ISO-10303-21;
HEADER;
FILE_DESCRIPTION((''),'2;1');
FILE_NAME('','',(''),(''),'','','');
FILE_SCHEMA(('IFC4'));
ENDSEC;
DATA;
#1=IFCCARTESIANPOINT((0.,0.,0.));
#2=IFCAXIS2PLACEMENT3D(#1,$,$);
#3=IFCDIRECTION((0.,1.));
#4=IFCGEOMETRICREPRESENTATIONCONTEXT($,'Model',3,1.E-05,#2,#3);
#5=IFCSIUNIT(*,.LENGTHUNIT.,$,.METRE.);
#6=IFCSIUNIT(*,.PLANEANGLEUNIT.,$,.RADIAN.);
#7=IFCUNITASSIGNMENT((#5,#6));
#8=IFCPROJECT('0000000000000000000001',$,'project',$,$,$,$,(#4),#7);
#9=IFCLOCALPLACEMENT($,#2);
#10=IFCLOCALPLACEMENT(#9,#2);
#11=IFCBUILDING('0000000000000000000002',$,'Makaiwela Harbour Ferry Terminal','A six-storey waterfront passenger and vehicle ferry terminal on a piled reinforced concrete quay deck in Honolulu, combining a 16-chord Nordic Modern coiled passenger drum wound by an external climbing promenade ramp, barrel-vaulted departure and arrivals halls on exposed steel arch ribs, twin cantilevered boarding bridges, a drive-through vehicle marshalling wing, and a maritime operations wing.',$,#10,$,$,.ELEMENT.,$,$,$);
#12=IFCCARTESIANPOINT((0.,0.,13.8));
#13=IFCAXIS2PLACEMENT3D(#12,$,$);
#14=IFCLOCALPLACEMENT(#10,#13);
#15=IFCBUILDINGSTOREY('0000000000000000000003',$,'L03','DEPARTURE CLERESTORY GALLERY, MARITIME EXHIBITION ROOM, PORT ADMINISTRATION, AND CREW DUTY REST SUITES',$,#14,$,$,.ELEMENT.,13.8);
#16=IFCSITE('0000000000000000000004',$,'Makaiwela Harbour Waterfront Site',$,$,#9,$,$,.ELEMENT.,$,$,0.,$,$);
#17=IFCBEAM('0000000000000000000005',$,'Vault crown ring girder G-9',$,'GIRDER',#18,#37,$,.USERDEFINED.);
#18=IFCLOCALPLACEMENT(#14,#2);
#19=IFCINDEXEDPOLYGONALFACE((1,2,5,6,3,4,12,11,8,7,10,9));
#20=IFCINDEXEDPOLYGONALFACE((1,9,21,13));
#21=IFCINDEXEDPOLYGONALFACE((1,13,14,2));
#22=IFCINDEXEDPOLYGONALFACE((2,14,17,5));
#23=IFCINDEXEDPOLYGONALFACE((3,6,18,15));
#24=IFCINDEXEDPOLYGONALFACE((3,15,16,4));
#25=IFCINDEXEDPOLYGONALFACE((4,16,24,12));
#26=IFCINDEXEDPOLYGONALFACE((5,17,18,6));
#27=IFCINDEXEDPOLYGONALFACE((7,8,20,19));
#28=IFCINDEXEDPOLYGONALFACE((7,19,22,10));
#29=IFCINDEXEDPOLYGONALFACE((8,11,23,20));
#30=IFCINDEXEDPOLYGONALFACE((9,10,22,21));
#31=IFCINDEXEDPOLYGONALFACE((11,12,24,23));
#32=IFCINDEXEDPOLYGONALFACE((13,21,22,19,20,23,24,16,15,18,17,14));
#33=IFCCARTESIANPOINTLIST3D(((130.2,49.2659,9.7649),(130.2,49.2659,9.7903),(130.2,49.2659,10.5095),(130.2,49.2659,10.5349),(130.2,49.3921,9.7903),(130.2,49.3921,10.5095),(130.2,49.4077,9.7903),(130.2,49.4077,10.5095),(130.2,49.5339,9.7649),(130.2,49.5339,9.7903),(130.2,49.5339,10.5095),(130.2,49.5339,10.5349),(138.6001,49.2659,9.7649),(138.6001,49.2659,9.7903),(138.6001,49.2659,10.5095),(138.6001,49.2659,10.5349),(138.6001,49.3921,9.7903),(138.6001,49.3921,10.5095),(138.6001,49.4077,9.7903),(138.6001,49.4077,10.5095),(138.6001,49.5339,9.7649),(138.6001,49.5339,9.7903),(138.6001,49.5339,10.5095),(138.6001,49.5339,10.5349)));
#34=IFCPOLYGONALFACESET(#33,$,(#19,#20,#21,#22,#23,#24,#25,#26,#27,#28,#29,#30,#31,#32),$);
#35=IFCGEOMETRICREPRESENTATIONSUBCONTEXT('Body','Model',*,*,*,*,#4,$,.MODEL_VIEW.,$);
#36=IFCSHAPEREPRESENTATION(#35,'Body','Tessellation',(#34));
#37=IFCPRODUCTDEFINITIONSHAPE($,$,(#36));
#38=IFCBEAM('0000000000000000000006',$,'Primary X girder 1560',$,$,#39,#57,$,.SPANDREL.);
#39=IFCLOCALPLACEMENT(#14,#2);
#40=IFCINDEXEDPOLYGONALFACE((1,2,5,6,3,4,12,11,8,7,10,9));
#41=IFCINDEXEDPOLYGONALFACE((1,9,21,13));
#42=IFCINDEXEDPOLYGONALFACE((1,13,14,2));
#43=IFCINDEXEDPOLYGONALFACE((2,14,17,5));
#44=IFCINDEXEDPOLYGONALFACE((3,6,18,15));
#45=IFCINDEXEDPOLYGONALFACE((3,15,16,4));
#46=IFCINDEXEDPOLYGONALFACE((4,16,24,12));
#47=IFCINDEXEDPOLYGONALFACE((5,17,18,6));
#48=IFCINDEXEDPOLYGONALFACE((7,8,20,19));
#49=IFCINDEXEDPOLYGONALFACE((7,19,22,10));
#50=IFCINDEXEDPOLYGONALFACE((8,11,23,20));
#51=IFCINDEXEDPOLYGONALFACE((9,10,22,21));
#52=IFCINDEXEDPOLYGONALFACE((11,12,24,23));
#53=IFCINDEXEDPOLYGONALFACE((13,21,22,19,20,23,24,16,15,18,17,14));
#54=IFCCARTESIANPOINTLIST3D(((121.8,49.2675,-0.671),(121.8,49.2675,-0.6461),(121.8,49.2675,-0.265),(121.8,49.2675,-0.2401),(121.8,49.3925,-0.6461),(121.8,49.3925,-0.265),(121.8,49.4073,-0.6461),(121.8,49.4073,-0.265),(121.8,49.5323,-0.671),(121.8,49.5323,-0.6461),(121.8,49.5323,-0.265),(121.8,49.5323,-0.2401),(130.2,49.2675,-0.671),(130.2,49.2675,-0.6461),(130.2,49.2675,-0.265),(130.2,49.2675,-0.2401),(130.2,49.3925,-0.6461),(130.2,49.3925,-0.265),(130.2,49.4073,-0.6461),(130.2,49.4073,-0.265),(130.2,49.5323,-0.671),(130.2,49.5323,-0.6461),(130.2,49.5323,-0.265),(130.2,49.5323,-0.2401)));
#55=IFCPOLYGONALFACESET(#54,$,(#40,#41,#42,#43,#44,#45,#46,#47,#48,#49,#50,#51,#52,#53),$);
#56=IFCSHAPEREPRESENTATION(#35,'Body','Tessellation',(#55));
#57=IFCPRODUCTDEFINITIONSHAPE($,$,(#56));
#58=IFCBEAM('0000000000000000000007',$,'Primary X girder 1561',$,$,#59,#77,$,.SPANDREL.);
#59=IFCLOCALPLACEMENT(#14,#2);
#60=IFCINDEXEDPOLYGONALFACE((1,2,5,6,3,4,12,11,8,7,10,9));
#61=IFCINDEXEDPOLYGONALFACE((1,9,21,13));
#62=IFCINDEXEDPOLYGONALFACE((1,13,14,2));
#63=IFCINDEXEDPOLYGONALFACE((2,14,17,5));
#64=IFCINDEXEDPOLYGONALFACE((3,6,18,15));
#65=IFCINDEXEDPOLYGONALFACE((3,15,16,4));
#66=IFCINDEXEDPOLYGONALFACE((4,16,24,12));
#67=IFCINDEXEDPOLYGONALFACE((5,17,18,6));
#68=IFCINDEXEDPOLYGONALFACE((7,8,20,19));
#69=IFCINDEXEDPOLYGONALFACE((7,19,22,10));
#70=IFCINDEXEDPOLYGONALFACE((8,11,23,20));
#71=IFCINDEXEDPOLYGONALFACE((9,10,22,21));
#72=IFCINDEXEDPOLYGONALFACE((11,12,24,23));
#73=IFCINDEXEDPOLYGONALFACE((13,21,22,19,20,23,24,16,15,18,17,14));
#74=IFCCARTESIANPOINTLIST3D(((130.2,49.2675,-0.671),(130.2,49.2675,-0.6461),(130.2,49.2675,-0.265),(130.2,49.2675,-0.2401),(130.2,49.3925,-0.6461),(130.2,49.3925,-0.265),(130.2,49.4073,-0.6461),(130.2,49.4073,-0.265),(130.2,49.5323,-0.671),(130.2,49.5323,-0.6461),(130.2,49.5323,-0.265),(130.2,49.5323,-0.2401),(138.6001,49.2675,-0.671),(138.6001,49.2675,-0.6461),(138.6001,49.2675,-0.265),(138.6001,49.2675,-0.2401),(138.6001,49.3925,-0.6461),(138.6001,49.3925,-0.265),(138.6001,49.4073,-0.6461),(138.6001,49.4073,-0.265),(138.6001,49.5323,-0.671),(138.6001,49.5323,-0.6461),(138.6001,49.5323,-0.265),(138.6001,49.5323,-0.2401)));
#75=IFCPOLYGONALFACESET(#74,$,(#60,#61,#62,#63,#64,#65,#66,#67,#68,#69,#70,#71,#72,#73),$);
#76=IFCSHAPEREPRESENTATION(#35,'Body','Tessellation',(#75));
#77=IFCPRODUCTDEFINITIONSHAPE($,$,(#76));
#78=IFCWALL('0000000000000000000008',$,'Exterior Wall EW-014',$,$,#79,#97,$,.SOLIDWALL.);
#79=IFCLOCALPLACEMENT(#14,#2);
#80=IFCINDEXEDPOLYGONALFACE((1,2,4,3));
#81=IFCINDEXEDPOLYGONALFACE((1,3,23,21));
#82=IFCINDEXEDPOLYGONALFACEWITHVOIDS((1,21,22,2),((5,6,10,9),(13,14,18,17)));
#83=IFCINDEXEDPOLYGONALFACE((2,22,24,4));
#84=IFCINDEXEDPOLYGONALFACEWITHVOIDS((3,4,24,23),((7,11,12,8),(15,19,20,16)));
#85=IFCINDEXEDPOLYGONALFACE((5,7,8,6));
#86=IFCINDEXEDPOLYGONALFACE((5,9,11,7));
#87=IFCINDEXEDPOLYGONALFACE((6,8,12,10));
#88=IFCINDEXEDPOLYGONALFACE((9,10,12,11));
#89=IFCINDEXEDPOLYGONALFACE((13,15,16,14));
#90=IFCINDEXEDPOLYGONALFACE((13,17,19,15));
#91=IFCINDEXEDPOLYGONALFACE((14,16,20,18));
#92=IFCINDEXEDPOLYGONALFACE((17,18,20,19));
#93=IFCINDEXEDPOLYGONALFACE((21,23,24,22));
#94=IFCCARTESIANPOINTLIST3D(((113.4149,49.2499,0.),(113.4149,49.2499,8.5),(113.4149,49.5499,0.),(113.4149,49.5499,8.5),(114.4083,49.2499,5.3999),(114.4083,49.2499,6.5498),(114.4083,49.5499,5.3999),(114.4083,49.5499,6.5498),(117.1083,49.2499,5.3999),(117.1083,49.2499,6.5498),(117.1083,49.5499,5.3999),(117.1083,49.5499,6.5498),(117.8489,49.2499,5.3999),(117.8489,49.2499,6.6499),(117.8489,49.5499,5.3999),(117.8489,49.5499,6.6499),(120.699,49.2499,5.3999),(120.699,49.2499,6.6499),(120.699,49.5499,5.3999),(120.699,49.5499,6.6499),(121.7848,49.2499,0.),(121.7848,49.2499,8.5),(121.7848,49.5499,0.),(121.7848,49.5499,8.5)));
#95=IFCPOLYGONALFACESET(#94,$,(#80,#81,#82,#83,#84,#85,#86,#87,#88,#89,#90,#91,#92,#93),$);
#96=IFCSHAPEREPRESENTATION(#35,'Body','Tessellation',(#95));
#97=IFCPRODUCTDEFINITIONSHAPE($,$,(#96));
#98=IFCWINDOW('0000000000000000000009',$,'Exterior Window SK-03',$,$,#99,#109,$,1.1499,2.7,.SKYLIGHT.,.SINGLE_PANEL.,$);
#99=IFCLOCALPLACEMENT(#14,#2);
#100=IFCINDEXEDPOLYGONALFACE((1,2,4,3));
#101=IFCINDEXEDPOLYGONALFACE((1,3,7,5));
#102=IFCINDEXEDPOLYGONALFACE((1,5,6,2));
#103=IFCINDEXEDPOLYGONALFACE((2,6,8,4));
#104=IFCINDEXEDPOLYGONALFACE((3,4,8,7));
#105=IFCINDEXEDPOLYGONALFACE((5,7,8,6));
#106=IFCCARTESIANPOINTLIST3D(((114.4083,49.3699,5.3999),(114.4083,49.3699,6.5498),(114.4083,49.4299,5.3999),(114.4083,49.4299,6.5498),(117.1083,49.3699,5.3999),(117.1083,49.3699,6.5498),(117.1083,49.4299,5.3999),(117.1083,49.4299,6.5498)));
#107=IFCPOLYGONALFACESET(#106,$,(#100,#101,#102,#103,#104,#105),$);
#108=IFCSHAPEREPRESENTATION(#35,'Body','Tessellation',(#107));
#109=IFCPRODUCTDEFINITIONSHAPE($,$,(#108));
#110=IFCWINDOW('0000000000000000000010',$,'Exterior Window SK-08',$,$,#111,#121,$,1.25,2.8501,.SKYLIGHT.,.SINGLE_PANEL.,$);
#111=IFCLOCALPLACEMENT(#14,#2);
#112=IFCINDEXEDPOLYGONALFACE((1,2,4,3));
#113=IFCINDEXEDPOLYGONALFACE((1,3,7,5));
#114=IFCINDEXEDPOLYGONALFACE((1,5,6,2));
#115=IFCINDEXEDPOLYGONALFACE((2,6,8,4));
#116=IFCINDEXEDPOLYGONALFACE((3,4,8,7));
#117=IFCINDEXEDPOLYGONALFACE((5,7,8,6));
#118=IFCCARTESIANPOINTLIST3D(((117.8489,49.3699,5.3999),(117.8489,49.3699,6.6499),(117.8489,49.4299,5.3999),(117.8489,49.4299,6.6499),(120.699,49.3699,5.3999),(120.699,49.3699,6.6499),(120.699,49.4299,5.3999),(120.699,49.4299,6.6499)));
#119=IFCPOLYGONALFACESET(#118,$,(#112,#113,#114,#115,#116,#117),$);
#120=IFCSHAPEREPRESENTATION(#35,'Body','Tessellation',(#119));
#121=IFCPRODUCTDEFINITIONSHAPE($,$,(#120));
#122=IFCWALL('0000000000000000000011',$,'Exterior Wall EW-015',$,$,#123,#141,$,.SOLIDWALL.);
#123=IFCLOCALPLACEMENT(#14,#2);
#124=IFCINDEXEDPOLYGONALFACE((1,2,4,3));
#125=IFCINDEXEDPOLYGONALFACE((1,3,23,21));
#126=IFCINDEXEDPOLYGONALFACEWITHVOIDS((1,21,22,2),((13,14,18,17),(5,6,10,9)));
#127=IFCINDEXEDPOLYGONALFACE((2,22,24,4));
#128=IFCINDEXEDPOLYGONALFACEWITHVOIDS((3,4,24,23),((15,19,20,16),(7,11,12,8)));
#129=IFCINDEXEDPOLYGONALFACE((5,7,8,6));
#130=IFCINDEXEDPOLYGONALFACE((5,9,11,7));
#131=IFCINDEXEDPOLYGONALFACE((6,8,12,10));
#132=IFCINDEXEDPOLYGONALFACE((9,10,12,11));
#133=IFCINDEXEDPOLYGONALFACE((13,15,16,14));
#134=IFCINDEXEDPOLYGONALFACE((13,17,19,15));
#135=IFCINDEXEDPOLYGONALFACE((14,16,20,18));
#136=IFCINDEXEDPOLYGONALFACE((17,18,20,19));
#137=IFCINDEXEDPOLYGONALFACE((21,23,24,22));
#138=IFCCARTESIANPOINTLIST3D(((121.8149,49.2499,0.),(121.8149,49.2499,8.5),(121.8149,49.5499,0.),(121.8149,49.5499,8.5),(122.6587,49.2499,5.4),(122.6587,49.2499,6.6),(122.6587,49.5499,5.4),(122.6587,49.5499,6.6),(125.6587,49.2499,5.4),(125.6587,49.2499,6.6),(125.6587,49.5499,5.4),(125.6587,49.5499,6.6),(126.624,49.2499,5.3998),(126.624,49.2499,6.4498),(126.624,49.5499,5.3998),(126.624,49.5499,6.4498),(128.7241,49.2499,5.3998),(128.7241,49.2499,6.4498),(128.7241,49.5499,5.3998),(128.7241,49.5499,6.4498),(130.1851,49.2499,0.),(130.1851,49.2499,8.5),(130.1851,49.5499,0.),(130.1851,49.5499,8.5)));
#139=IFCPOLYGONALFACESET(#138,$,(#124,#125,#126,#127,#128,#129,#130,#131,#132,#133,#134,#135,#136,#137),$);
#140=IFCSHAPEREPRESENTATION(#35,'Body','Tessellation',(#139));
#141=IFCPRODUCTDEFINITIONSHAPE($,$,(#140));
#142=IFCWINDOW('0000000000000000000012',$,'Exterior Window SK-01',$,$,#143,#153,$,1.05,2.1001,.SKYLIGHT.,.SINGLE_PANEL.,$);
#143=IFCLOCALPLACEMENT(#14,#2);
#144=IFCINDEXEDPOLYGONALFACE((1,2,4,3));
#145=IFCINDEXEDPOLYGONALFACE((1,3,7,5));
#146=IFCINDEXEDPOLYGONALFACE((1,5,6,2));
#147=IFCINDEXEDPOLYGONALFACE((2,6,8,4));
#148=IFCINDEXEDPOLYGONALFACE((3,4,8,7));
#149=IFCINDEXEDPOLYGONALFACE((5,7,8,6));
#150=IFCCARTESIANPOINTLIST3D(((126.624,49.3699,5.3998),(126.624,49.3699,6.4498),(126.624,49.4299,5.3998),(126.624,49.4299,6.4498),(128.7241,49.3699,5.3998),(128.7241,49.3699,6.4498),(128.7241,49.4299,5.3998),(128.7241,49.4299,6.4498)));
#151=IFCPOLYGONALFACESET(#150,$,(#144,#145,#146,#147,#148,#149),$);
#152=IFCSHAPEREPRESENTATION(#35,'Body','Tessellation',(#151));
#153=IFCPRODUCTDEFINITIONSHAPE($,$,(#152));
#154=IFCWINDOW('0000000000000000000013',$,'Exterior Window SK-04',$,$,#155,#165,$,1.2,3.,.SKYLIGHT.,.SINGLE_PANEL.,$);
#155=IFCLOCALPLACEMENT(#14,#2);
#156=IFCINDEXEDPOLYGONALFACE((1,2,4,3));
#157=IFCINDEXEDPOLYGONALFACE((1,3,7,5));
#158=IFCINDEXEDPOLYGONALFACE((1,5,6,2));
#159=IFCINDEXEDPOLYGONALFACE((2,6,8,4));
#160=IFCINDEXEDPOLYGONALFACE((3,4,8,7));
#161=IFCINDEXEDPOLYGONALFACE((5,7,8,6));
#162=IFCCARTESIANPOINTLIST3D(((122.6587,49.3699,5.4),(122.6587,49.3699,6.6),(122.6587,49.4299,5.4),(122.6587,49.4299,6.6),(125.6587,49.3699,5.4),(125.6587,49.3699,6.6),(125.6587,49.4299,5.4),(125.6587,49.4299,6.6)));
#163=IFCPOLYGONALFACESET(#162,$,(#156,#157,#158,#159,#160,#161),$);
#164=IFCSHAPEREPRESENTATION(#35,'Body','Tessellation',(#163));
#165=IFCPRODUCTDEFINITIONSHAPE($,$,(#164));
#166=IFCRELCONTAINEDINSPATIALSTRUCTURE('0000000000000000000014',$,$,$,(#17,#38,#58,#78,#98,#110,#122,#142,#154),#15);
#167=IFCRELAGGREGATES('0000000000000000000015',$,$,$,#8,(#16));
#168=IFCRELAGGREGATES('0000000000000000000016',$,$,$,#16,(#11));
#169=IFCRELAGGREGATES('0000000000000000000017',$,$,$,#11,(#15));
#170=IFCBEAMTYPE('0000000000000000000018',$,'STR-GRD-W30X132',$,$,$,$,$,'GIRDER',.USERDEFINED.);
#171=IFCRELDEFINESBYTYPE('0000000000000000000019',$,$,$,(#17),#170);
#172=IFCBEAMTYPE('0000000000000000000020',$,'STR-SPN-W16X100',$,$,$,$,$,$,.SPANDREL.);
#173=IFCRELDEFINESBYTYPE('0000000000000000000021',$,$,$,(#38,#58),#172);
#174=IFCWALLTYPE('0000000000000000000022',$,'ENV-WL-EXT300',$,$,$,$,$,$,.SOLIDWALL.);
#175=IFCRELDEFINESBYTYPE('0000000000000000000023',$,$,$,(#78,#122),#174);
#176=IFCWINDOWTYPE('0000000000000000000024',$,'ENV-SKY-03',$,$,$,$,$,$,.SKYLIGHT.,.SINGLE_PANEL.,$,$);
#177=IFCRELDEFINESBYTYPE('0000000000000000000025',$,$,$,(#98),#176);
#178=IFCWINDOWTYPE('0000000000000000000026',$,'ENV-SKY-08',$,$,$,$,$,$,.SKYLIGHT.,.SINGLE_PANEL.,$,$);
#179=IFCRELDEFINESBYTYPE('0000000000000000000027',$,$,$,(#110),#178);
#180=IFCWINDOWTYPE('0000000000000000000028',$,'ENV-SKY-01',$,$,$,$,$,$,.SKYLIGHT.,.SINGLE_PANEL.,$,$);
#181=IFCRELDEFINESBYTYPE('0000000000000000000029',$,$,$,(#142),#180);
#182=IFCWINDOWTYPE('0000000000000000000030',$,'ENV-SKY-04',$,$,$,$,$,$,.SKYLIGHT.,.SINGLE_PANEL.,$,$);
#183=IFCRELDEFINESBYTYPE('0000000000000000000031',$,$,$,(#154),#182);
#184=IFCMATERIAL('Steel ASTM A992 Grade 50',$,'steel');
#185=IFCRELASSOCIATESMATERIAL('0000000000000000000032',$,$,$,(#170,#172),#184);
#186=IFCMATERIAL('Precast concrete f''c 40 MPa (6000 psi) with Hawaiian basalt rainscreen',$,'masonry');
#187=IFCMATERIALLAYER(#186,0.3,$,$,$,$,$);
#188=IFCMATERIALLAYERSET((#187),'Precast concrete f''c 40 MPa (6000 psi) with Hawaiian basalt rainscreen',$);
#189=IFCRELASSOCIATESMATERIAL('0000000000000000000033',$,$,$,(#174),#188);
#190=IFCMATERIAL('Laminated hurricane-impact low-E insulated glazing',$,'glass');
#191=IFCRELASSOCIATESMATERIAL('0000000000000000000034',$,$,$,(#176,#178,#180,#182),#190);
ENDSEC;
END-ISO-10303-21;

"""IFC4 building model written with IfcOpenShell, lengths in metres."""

from ifc_helpers import new_model, si_unit, direction, frame, frame_2d, origin, origin_2d, place, context, subcontext, project, spatial, rectangle, i_section, extrude, material, layer, layer_set, material_profile, profile_set, type_object, element, fill, save


model = new_model("IFC4")

# Units and contexts
model_context = context("Model", 3, precision=1e-05, world=origin(), true_north=direction((0.0, 1.0)))
body_context = subcontext(model_context, "Body", "Model", "MODEL_VIEW")
ifc_project = project(units=[si_unit("LENGTHUNIT", "METRE"), si_unit("PLANEANGLEUNIT", "RADIAN")], contexts=[model_context])

# Site, building, storey
site_placement = place(None, origin())
site = spatial("IfcSite", under=ifc_project, at=site_placement, Name="Makaiwela Harbour Waterfront Site", CompositionType="ELEMENT", RefElevation=0.0)
building_placement = place(site_placement, origin())
building = spatial("IfcBuilding", under=site, at=building_placement, Name="Makaiwela Harbour Ferry Terminal", Description="A six-storey waterfront passenger and vehicle ferry terminal on a piled reinforced concrete quay deck in Honolulu, combining a 16-chord Nordic Modern coiled passenger drum wound by an external climbing promenade ramp, barrel-vaulted departure and arrivals halls on exposed steel arch ribs, twin cantilevered boarding bridges, a drive-through vehicle marshalling wing, and a maritime operations wing.", CompositionType="ELEMENT")
storey_placement = place(building_placement, frame((0.0, 0.0, 13.8)))
storey = spatial("IfcBuildingStorey", under=building, at=storey_placement, Name="L03", Description="DEPARTURE CLERESTORY GALLERY, MARITIME EXHIBITION ROOM, PORT ADMINISTRATION, AND CREW DUTY REST SUITES", CompositionType="ELEMENT", Elevation=13.8)

# Shared definitions
ifc_material_1 = material(Name="Steel ASTM A992 Grade 50", Category="steel")

# Beams
ifc_material_profile_1 = material_profile(ifc_material_1, i_section(OverallWidth=0.2681, OverallDepth=0.77, WebThickness=0.0156, FlangeThickness=0.0254, at=origin_2d()), Name="W30X132")
ifc_profile_set_1 = profile_set([ifc_material_profile_1], Name="Steel ASTM A992 Grade 50")
beam_type_1 = type_object("IfcBeamType", Name="STR-GRD-W30X132", ElementType="GIRDER", PredefinedType="USERDEFINED", material=ifc_profile_set_1)
beam_1_placement = place(storey_placement, frame((130.2, 49.3999, 10.1499), z_axis=(1.0, 0.0, 0.0), x_axis=(0.0, 1.0, 0.0)))
element("IfcBeam", 1, at=beam_1_placement, inside=storey, type_object=beam_type_1, Name="Vault crown ring girder G-9", ObjectType="GIRDER", PredefinedType="USERDEFINED", context=body_context, shape_type="SweptSolid", body=[
    extrude(i_section(OverallWidth=0.2681, OverallDepth=0.77, WebThickness=0.0156, FlangeThickness=0.0254, at=origin_2d()), origin(), (0.0, 0.0, 1.0), 8.4001),
])
ifc_material_profile_2 = material_profile(ifc_material_1, i_section(OverallWidth=0.2649, OverallDepth=0.4309, WebThickness=0.0149, FlangeThickness=0.0249, at=origin_2d()), Name="W16X100")
ifc_profile_set_2 = profile_set([ifc_material_profile_2], Name="Steel ASTM A992 Grade 50")
beam_type_2 = type_object("IfcBeamType", Name="STR-SPN-W16X100", PredefinedType="SPANDREL", material=ifc_profile_set_2)
beam_2_placement = place(storey_placement, frame((121.8, 49.3999, -0.4556), z_axis=(1.0, 0.0, 0.0), x_axis=(0.0, 1.0, 0.0)))
element("IfcBeam", 2, at=beam_2_placement, inside=storey, type_object=beam_type_2, Name="Primary X girder 1560", PredefinedType="SPANDREL", context=body_context, shape_type="SweptSolid", body=[
    extrude(i_section(OverallWidth=0.2649, OverallDepth=0.4309, WebThickness=0.0149, FlangeThickness=0.0249, at=origin_2d()), origin(), (0.0, 0.0, 1.0), 8.3999),
])
beam_3_placement = place(storey_placement, frame((130.2, 49.3999, -0.4556), z_axis=(1.0, 0.0, 0.0), x_axis=(0.0, 1.0, 0.0)))
element("IfcBeam", 3, at=beam_3_placement, inside=storey, type_object=beam_type_2, Name="Primary X girder 1561", PredefinedType="SPANDREL", context=body_context, shape_type="SweptSolid", body=[
    extrude(i_section(OverallWidth=0.2649, OverallDepth=0.4309, WebThickness=0.0149, FlangeThickness=0.0249, at=origin_2d()), origin(), (0.0, 0.0, 1.0), 8.4001),
])

# Walls, openings, windows
ifc_material_2 = material(Name="Precast concrete f'c 40 MPa (6000 psi) with Hawaiian basalt rainscreen", Category="masonry")
ifc_layer = layer(ifc_material_2, 0.3)
ifc_layer_set = layer_set([ifc_layer], Name="Precast concrete f'c 40 MPa (6000 psi) with Hawaiian basalt rainscreen")
wall_type = type_object("IfcWallType", Name="ENV-WL-EXT300", PredefinedType="SOLIDWALL", material=ifc_layer_set)
wall_1_placement = place(storey_placement, frame((121.7849, 49.3999, 0.0), z_axis=(0.0, 0.0, 1.0), x_axis=(-1.0, 0.0, 0.0)))
wall_1 = element("IfcWall", 4, at=wall_1_placement, inside=storey, type_object=wall_type, Name="Exterior Wall EW-014", PredefinedType="SOLIDWALL", context=body_context, shape_type="SweptSolid", body=[
    extrude(rectangle(XDim=8.3699, YDim=0.3, at=frame_2d((4.1851, 0.0))), origin(), (0.0, 0.0, 1.0), 8.5),
])
opening_1_placement = place(wall_1_placement, frame((1.0859, 0.0, 5.3999)))
opening_1 = element("IfcOpeningElement", 5, at=opening_1_placement, cuts=wall_1, PredefinedType="OPENING", context=body_context, shape_type="SweptSolid", body=[
    extrude(rectangle(XDim=2.8501, YDim=1.25, at=frame_2d((1.425, 0.625))), frame((0.0, 0.1599, 0.0), z_axis=(0.0, -1.0, 0.0), x_axis=(1.0, 0.0, 0.0)), (0.0, 0.0, 1.0), 0.3201),
])
opening_2_placement = place(wall_1_placement, frame((4.6765, 0.0, 5.3999)))
opening_2 = element("IfcOpeningElement", 6, at=opening_2_placement, cuts=wall_1, PredefinedType="OPENING", context=body_context, shape_type="SweptSolid", body=[
    extrude(rectangle(XDim=2.7, YDim=1.1499, at=frame_2d((1.3501, 0.575))), frame((0.0, 0.1599, 0.0), z_axis=(0.0, -1.0, 0.0), x_axis=(1.0, 0.0, 0.0)), (0.0, 0.0, 1.0), 0.3201),
])
ifc_material_3 = material(Name="Laminated hurricane-impact low-E insulated glazing", Category="glass")
window_type_1 = type_object("IfcWindowType", Name="ENV-SKY-03", PartitioningType="SINGLE_PANEL", PredefinedType="SKYLIGHT", material=ifc_material_3)
window_1_placement = place(opening_2_placement, origin())
window_1 = element("IfcWindow", 7, at=window_1_placement, inside=storey, type_object=window_type_1, Name="Exterior Window SK-03", OverallHeight=1.1499, OverallWidth=2.7, PartitioningType="SINGLE_PANEL", PredefinedType="SKYLIGHT", context=body_context, shape_type="SweptSolid", body=[
    extrude(rectangle(XDim=2.7, YDim=1.1499, at=frame_2d((1.3501, 0.575))), frame((0.0, 0.03, 0.0), z_axis=(0.0, -1.0, 0.0), x_axis=(1.0, 0.0, 0.0)), (0.0, 0.0, 1.0), 0.0601),
])
fill(opening_2, window_1)
window_type_2 = type_object("IfcWindowType", Name="ENV-SKY-08", PartitioningType="SINGLE_PANEL", PredefinedType="SKYLIGHT", material=ifc_material_3)
window_2_placement = place(opening_1_placement, origin())
window_2 = element("IfcWindow", 8, at=window_2_placement, inside=storey, type_object=window_type_2, Name="Exterior Window SK-08", OverallHeight=1.25, OverallWidth=2.8501, PartitioningType="SINGLE_PANEL", PredefinedType="SKYLIGHT", context=body_context, shape_type="SweptSolid", body=[
    extrude(rectangle(XDim=2.8501, YDim=1.25, at=frame_2d((1.425, 0.625))), frame((0.0, 0.03, 0.0), z_axis=(0.0, -1.0, 0.0), x_axis=(1.0, 0.0, 0.0)), (0.0, 0.0, 1.0), 0.0601),
])
fill(opening_1, window_2)
wall_2_placement = place(storey_placement, frame((130.1851, 49.3999, 0.0), z_axis=(0.0, 0.0, 1.0), x_axis=(-1.0, 0.0, 0.0)))
wall_2 = element("IfcWall", 9, at=wall_2_placement, inside=storey, type_object=wall_type, Name="Exterior Wall EW-015", PredefinedType="SOLIDWALL", context=body_context, shape_type="SweptSolid", body=[
    extrude(rectangle(XDim=8.3701, YDim=0.3, at=frame_2d((4.1851, 0.0))), origin(), (0.0, 0.0, 1.0), 8.5),
])
opening_3_placement = place(wall_2_placement, frame((1.4609, 0.0, 5.3999)))
opening_3 = element("IfcOpeningElement", 10, at=opening_3_placement, cuts=wall_2, PredefinedType="OPENING", context=body_context, shape_type="SweptSolid", body=[
    extrude(rectangle(XDim=2.1001, YDim=1.05, at=frame_2d((1.05, 0.5249))), frame((0.0, 0.1599, 0.0), z_axis=(0.0, -1.0, 0.0), x_axis=(1.0, 0.0, 0.0)), (0.0, 0.0, 1.0), 0.3201),
])
opening_4_placement = place(wall_2_placement, frame((4.5264, 0.0, 5.3999)))
opening_4 = element("IfcOpeningElement", 11, at=opening_4_placement, cuts=wall_2, PredefinedType="OPENING", context=body_context, shape_type="SweptSolid", body=[
    extrude(rectangle(XDim=3.0, YDim=1.2, at=frame_2d((1.5, 0.6001))), frame((0.0, 0.1599, 0.0), z_axis=(0.0, -1.0, 0.0), x_axis=(1.0, 0.0, 0.0)), (0.0, 0.0, 1.0), 0.3201),
])
window_type_3 = type_object("IfcWindowType", Name="ENV-SKY-01", PartitioningType="SINGLE_PANEL", PredefinedType="SKYLIGHT", material=ifc_material_3)
window_3_placement = place(opening_3_placement, origin())
window_3 = element("IfcWindow", 12, at=window_3_placement, inside=storey, type_object=window_type_3, Name="Exterior Window SK-01", OverallHeight=1.05, OverallWidth=2.1001, PartitioningType="SINGLE_PANEL", PredefinedType="SKYLIGHT", context=body_context, shape_type="SweptSolid", body=[
    extrude(rectangle(XDim=2.1001, YDim=1.05, at=frame_2d((1.05, 0.5249))), frame((0.0, 0.03, 0.0), z_axis=(0.0, -1.0, 0.0), x_axis=(1.0, 0.0, 0.0)), (0.0, 0.0, 1.0), 0.0601),
])
fill(opening_3, window_3)
window_type_4 = type_object("IfcWindowType", Name="ENV-SKY-04", PartitioningType="SINGLE_PANEL", PredefinedType="SKYLIGHT", material=ifc_material_3)
window_4_placement = place(opening_4_placement, origin())
window_4 = element("IfcWindow", 13, at=window_4_placement, inside=storey, type_object=window_type_4, Name="Exterior Window SK-04", OverallHeight=1.2, OverallWidth=3.0, PartitioningType="SINGLE_PANEL", PredefinedType="SKYLIGHT", context=body_context, shape_type="SweptSolid", body=[
    extrude(rectangle(XDim=3.0, YDim=1.2, at=frame_2d((1.5, 0.6001))), frame((0.0, 0.03, 0.0), z_axis=(0.0, -1.0, 0.0), x_axis=(1.0, 0.0, 0.0)), (0.0, 0.0, 1.0), 0.0601),
])
fill(opening_4, window_4)

save(model, "model.ifc")
